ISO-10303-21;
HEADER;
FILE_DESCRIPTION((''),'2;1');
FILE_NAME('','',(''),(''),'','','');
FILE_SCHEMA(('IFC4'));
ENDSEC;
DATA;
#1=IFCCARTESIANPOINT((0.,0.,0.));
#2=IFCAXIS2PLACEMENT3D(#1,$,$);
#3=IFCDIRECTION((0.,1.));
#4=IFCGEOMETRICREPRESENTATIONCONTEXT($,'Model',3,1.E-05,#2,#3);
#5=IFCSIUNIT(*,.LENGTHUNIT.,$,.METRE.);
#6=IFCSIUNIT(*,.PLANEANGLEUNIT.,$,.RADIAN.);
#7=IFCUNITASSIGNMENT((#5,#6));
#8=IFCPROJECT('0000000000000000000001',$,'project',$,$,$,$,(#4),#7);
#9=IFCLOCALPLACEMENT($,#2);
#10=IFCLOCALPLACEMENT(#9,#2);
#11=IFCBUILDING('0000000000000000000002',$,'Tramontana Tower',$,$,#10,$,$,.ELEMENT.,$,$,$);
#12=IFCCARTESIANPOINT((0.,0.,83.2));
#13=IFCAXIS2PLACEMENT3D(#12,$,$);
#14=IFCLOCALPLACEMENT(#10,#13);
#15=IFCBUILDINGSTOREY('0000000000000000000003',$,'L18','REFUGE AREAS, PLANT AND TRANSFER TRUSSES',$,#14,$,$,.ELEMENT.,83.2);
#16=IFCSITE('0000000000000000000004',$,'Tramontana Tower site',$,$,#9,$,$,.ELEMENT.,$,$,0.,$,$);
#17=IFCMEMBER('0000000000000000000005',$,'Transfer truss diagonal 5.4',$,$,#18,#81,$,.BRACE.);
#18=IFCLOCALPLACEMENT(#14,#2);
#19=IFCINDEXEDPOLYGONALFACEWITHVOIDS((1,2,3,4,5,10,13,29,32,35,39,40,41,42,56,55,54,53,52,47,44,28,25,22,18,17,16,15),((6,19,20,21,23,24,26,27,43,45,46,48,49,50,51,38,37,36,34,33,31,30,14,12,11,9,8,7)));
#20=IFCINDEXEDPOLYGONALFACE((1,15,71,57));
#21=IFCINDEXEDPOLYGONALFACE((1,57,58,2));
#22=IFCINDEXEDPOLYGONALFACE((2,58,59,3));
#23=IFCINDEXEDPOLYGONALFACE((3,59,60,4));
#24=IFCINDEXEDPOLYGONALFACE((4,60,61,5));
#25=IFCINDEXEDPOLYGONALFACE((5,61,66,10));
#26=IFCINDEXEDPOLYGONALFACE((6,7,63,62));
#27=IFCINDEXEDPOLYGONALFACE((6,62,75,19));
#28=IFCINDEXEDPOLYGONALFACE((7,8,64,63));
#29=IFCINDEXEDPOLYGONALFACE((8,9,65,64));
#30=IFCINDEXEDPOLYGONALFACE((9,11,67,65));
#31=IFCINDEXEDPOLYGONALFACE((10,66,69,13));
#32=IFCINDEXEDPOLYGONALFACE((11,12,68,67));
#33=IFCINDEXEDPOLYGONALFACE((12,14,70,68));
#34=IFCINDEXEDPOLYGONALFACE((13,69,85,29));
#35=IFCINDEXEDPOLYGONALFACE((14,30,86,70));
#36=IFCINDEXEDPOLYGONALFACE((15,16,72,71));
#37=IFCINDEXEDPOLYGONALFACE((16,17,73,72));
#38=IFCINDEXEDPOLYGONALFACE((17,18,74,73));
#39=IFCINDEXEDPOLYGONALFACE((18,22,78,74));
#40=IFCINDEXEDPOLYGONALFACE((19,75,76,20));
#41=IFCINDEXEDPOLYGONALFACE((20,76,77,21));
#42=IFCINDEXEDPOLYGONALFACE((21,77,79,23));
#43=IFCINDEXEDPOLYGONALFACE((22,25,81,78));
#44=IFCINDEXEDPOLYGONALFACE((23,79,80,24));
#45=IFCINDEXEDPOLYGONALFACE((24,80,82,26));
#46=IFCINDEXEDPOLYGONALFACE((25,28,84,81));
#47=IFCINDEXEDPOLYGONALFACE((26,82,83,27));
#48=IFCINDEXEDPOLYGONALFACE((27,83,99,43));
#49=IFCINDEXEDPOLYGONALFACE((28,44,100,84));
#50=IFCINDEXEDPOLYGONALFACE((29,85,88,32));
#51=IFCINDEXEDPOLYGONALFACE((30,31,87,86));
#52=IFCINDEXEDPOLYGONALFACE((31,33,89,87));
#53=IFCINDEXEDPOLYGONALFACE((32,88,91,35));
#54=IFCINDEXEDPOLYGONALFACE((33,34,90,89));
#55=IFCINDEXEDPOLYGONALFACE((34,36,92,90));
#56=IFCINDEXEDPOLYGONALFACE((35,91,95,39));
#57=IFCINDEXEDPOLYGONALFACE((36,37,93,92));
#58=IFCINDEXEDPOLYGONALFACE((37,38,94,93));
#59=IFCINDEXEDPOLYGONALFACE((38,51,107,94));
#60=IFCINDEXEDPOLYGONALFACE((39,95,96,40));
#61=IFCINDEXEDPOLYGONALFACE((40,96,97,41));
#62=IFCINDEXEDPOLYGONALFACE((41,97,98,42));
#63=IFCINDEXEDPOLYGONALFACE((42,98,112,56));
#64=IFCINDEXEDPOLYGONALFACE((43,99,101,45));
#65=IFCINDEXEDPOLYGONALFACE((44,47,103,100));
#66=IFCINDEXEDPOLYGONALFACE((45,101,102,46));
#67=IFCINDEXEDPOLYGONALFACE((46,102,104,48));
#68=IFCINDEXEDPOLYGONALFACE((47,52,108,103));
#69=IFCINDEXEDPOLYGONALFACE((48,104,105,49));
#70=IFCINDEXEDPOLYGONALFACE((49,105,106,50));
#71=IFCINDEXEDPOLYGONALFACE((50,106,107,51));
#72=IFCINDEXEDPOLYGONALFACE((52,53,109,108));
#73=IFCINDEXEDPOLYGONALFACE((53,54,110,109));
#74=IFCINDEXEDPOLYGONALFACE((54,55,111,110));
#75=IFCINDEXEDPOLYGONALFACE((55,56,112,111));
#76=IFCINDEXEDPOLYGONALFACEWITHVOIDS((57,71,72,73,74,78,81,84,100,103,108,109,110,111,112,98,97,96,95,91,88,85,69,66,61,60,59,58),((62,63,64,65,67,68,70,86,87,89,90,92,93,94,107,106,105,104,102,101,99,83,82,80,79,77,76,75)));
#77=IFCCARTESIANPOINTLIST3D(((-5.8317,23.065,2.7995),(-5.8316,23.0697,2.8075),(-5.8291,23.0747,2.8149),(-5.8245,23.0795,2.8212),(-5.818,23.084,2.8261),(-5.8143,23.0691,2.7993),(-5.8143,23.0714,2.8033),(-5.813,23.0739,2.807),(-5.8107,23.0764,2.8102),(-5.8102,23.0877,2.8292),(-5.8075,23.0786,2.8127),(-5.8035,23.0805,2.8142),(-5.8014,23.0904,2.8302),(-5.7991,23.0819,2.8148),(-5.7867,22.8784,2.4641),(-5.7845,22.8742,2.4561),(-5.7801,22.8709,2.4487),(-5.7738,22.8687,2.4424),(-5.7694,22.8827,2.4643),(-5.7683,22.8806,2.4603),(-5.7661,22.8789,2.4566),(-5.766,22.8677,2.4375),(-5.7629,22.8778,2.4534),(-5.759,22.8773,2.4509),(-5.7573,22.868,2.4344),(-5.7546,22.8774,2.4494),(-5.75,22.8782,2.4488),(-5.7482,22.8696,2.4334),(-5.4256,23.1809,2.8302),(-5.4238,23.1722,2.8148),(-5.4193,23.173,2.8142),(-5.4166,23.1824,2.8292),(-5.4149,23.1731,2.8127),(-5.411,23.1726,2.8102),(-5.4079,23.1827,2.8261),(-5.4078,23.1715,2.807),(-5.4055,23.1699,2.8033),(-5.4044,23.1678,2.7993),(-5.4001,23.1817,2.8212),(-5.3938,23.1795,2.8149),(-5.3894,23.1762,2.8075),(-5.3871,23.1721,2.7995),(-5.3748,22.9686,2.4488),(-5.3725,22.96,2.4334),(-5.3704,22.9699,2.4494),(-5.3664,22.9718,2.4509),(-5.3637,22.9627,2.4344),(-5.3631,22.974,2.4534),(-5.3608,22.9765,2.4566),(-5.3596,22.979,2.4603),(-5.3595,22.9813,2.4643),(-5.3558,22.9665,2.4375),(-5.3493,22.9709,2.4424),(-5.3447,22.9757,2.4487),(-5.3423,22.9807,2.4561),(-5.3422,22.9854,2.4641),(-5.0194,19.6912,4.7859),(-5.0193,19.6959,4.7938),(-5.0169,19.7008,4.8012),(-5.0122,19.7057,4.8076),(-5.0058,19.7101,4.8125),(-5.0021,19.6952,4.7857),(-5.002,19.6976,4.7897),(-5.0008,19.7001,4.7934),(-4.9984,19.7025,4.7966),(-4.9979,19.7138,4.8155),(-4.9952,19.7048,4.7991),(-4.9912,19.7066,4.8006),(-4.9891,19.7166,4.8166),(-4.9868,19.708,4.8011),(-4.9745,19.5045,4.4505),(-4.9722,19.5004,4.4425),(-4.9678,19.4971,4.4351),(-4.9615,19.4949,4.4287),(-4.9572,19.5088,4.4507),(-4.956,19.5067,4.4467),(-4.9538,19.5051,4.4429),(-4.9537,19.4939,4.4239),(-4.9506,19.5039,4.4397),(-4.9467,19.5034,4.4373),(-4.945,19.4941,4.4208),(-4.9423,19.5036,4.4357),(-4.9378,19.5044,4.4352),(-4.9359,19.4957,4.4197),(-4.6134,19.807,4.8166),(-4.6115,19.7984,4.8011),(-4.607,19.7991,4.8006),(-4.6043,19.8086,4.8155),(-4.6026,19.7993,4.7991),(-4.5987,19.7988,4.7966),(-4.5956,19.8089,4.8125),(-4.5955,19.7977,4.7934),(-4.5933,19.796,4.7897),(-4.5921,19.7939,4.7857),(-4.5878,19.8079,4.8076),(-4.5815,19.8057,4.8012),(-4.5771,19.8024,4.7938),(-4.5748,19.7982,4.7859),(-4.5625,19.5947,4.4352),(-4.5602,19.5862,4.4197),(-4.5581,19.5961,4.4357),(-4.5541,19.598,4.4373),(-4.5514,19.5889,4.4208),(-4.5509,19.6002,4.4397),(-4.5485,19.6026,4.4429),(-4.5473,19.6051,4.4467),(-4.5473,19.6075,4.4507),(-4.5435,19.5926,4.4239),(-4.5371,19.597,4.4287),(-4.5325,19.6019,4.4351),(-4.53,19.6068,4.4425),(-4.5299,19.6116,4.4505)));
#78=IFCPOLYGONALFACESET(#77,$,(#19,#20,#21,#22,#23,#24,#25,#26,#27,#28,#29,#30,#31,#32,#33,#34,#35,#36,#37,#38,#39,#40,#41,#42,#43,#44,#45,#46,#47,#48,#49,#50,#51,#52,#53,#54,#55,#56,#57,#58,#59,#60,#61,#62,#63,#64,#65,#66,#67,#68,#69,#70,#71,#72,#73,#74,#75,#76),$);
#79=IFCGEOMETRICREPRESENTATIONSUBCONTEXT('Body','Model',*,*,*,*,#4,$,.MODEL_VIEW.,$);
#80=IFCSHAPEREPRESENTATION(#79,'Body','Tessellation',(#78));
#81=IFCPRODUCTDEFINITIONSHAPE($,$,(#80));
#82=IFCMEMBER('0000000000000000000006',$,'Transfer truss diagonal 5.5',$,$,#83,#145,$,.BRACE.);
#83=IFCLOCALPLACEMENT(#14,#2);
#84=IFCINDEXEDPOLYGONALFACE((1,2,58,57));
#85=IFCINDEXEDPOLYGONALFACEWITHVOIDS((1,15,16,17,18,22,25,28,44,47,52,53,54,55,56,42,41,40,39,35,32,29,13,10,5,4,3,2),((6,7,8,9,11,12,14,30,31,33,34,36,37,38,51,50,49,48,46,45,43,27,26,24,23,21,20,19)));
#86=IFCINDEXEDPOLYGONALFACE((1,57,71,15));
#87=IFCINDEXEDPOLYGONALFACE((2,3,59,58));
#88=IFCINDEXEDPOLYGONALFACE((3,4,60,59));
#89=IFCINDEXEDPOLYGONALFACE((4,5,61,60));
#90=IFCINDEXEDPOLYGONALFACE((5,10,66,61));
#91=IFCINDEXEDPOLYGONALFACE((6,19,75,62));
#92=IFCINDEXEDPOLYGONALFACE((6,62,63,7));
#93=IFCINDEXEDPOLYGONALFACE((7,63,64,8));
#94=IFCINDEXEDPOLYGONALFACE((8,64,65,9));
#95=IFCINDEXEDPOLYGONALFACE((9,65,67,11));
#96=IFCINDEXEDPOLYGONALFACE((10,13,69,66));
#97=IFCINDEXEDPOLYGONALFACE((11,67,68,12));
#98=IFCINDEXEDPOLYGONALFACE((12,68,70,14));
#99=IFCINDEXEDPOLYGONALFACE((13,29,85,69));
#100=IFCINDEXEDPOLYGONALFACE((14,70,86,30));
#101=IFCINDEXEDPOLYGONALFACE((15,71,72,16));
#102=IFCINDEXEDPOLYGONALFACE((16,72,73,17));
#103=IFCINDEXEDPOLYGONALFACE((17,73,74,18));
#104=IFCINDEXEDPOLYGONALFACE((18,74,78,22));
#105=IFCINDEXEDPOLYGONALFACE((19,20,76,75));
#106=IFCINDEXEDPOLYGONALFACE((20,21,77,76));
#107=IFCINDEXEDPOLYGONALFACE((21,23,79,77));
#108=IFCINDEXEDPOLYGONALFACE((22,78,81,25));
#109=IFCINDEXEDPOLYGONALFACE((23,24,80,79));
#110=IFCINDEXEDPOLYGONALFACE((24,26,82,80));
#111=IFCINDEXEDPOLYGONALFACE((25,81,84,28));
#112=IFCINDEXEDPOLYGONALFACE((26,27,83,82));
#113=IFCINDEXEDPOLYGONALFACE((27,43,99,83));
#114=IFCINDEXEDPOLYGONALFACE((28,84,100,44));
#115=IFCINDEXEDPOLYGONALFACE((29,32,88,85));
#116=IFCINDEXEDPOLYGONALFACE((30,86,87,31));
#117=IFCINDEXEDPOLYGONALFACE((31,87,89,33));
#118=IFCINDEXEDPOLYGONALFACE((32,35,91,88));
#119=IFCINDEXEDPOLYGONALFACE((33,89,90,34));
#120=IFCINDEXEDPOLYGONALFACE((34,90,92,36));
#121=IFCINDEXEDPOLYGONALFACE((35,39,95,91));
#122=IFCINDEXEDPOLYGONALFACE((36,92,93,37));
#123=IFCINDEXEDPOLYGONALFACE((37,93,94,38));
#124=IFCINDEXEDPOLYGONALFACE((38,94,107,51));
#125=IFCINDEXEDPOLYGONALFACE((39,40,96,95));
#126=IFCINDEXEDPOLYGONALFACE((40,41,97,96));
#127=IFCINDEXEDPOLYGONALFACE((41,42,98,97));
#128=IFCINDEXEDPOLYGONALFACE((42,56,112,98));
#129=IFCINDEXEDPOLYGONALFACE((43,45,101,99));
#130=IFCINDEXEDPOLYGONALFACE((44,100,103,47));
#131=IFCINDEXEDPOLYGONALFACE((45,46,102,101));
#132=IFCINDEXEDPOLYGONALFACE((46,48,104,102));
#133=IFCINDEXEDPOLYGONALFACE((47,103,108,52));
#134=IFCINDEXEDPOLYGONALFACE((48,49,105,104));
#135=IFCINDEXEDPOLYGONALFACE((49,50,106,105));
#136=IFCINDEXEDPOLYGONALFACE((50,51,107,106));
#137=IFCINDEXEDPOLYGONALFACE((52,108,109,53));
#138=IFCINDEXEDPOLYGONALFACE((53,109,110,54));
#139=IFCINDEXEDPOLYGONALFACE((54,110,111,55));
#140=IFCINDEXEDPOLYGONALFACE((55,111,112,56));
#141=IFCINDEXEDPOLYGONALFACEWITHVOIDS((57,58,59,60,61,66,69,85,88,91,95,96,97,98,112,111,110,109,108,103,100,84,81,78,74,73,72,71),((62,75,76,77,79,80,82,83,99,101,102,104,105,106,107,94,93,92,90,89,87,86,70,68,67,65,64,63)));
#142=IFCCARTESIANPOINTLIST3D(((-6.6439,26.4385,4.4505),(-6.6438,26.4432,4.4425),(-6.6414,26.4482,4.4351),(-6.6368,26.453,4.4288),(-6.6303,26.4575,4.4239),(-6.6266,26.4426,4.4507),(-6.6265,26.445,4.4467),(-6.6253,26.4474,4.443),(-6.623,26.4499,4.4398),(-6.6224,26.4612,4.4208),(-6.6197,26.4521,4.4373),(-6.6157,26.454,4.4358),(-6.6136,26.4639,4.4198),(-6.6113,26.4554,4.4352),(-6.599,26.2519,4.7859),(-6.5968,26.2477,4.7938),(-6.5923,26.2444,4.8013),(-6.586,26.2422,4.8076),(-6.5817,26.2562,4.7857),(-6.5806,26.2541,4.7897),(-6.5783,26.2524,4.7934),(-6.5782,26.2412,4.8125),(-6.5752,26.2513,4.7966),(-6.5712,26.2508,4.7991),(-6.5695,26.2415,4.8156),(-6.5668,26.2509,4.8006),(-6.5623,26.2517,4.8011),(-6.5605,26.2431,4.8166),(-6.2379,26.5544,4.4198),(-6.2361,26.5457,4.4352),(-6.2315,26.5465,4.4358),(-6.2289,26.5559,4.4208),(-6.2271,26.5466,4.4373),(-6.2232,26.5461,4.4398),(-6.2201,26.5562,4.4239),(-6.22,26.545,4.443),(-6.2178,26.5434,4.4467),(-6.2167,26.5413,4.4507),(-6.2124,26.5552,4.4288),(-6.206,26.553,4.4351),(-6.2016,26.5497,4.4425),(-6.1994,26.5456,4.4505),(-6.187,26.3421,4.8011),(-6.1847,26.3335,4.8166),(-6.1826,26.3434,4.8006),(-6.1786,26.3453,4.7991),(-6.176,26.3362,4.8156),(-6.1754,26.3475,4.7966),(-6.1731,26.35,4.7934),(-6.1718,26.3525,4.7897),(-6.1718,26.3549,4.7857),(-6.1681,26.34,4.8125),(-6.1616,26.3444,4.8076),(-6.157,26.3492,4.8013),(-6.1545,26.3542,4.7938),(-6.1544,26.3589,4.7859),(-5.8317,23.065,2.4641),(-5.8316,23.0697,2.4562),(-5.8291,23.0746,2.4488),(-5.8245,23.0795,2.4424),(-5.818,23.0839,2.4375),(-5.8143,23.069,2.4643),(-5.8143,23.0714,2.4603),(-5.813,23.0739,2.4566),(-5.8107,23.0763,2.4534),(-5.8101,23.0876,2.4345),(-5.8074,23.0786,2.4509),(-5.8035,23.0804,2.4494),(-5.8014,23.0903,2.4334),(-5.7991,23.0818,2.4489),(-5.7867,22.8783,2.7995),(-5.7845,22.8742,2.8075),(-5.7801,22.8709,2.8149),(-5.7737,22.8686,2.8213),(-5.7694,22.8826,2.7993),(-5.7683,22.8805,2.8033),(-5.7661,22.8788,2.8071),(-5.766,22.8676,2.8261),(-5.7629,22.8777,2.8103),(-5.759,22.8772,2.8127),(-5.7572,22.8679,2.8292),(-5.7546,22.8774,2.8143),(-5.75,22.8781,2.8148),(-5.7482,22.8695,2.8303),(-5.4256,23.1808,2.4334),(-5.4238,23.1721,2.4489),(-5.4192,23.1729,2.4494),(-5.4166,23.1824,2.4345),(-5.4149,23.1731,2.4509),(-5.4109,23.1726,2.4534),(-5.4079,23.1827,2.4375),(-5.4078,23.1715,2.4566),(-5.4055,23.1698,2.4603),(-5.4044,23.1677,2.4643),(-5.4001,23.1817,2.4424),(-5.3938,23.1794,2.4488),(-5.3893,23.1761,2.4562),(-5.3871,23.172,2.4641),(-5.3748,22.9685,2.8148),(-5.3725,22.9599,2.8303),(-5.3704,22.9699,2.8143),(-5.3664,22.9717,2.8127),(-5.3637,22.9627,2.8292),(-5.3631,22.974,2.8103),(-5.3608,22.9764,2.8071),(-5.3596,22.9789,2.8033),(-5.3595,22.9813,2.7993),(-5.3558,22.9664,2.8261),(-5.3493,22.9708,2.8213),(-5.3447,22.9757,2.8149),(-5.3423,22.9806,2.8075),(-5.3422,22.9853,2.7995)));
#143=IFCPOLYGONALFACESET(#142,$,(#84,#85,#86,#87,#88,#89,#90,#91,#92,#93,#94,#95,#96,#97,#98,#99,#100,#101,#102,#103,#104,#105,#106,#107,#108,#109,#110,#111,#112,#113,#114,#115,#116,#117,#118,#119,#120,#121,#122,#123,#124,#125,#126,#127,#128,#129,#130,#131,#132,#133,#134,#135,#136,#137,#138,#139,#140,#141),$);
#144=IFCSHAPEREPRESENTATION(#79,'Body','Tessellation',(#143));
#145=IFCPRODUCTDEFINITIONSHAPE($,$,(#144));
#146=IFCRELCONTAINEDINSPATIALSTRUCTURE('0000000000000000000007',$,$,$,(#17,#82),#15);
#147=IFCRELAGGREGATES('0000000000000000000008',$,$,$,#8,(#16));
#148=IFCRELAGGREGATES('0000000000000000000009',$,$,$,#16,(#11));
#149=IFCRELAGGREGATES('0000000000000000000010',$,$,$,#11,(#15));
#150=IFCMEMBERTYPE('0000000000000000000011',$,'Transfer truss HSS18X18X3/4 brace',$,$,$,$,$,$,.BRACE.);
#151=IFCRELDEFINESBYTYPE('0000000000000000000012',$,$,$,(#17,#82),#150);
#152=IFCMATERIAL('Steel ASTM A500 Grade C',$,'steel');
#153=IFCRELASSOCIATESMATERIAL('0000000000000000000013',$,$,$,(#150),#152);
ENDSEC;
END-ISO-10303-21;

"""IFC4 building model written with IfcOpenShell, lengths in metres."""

from ifc_helpers import new_model, si_unit, direction, frame, origin, origin_2d, place, context, subcontext, project, spatial, hollow_rectangle, extrude, material, material_profile, profile_set, type_object, element, save


model = new_model("IFC4")

# Units and contexts
model_context = context("Model", 3, precision=1e-05, world=origin(), true_north=direction((0.0, 1.0)))
body_context = subcontext(model_context, "Body", "Model", "MODEL_VIEW")
ifc_project = project(units=[si_unit("LENGTHUNIT", "METRE"), si_unit("PLANEANGLEUNIT", "RADIAN")], contexts=[model_context])

# Site, building, storey
site_placement = place(None, origin())
site = spatial("IfcSite", under=ifc_project, at=site_placement, Name="Tramontana Tower site", CompositionType="ELEMENT", RefElevation=0.0)
building_placement = place(site_placement, origin())
building = spatial("IfcBuilding", under=site, at=building_placement, Name="Tramontana Tower", CompositionType="ELEMENT")
storey_placement = place(building_placement, frame((0.0, 0.0, 83.2)))
storey = spatial("IfcBuildingStorey", under=building, at=storey_placement, Name="L18", Description="REFUGE AREAS, PLANT AND TRANSFER TRUSSES", CompositionType="ELEMENT", Elevation=83.2)

# Members
ifc_material_1 = material(Name="Steel ASTM A500 Grade C", Category="steel")
ifc_material_profile_1 = material_profile(ifc_material_1, hollow_rectangle(XDim=0.4573, YDim=0.4573, WallThickness=0.0178, InnerFilletRadius=0.0178, OuterFilletRadius=0.0354, at=origin_2d()), Name="HSS18X18X3/4")
ifc_profile_set_1 = profile_set([ifc_material_profile_1], Name="Steel ASTM A500 Grade C")
member_type_1 = type_object("IfcMemberType", Name="Transfer truss HSS18X18X3/4 brace", PredefinedType="BRACE", material=ifc_profile_set_1)
for number, where, z_axis, x_axis, name in (
    (1, (-4.7747, 19.6514, 4.6182), (-0.203142, 0.843771, -0.496774), (-0.97222, -0.234067, 0.0), "Transfer truss diagonal 5.4"),
):
    element("IfcMember", number, at=place(storey_placement, frame(where, z_axis=z_axis, x_axis=x_axis)), inside=storey, type_object=member_type_1, Name=name, PredefinedType="BRACE", context=body_context, shape_type="SweptSolid", body=[
        extrude(hollow_rectangle(XDim=0.4573, YDim=0.4573, WallThickness=0.0178, InnerFilletRadius=0.0178, OuterFilletRadius=0.0354, at=origin_2d()), origin(), (0.0, 0.0, 1.0), 3.9985),
    ])
member_1_placement = place(storey_placement, frame((-5.5869, 23.0251, 2.6318), z_axis=(-0.203153, 0.843753, 0.496799), x_axis=(-0.972217, -0.234083, 0.0)))
element("IfcMember", 2, at=member_1_placement, inside=storey, type_object=member_type_1, Name="Transfer truss diagonal 5.5", PredefinedType="BRACE", context=body_context, shape_type="SweptSolid", body=[
    extrude(hollow_rectangle(XDim=0.4573, YDim=0.4573, WallThickness=0.0178, InnerFilletRadius=0.0178, OuterFilletRadius=0.0354, at=origin_2d()), origin(), (0.0, 0.0, 1.0), 3.9983),
])

save(model, "model.ifc")
